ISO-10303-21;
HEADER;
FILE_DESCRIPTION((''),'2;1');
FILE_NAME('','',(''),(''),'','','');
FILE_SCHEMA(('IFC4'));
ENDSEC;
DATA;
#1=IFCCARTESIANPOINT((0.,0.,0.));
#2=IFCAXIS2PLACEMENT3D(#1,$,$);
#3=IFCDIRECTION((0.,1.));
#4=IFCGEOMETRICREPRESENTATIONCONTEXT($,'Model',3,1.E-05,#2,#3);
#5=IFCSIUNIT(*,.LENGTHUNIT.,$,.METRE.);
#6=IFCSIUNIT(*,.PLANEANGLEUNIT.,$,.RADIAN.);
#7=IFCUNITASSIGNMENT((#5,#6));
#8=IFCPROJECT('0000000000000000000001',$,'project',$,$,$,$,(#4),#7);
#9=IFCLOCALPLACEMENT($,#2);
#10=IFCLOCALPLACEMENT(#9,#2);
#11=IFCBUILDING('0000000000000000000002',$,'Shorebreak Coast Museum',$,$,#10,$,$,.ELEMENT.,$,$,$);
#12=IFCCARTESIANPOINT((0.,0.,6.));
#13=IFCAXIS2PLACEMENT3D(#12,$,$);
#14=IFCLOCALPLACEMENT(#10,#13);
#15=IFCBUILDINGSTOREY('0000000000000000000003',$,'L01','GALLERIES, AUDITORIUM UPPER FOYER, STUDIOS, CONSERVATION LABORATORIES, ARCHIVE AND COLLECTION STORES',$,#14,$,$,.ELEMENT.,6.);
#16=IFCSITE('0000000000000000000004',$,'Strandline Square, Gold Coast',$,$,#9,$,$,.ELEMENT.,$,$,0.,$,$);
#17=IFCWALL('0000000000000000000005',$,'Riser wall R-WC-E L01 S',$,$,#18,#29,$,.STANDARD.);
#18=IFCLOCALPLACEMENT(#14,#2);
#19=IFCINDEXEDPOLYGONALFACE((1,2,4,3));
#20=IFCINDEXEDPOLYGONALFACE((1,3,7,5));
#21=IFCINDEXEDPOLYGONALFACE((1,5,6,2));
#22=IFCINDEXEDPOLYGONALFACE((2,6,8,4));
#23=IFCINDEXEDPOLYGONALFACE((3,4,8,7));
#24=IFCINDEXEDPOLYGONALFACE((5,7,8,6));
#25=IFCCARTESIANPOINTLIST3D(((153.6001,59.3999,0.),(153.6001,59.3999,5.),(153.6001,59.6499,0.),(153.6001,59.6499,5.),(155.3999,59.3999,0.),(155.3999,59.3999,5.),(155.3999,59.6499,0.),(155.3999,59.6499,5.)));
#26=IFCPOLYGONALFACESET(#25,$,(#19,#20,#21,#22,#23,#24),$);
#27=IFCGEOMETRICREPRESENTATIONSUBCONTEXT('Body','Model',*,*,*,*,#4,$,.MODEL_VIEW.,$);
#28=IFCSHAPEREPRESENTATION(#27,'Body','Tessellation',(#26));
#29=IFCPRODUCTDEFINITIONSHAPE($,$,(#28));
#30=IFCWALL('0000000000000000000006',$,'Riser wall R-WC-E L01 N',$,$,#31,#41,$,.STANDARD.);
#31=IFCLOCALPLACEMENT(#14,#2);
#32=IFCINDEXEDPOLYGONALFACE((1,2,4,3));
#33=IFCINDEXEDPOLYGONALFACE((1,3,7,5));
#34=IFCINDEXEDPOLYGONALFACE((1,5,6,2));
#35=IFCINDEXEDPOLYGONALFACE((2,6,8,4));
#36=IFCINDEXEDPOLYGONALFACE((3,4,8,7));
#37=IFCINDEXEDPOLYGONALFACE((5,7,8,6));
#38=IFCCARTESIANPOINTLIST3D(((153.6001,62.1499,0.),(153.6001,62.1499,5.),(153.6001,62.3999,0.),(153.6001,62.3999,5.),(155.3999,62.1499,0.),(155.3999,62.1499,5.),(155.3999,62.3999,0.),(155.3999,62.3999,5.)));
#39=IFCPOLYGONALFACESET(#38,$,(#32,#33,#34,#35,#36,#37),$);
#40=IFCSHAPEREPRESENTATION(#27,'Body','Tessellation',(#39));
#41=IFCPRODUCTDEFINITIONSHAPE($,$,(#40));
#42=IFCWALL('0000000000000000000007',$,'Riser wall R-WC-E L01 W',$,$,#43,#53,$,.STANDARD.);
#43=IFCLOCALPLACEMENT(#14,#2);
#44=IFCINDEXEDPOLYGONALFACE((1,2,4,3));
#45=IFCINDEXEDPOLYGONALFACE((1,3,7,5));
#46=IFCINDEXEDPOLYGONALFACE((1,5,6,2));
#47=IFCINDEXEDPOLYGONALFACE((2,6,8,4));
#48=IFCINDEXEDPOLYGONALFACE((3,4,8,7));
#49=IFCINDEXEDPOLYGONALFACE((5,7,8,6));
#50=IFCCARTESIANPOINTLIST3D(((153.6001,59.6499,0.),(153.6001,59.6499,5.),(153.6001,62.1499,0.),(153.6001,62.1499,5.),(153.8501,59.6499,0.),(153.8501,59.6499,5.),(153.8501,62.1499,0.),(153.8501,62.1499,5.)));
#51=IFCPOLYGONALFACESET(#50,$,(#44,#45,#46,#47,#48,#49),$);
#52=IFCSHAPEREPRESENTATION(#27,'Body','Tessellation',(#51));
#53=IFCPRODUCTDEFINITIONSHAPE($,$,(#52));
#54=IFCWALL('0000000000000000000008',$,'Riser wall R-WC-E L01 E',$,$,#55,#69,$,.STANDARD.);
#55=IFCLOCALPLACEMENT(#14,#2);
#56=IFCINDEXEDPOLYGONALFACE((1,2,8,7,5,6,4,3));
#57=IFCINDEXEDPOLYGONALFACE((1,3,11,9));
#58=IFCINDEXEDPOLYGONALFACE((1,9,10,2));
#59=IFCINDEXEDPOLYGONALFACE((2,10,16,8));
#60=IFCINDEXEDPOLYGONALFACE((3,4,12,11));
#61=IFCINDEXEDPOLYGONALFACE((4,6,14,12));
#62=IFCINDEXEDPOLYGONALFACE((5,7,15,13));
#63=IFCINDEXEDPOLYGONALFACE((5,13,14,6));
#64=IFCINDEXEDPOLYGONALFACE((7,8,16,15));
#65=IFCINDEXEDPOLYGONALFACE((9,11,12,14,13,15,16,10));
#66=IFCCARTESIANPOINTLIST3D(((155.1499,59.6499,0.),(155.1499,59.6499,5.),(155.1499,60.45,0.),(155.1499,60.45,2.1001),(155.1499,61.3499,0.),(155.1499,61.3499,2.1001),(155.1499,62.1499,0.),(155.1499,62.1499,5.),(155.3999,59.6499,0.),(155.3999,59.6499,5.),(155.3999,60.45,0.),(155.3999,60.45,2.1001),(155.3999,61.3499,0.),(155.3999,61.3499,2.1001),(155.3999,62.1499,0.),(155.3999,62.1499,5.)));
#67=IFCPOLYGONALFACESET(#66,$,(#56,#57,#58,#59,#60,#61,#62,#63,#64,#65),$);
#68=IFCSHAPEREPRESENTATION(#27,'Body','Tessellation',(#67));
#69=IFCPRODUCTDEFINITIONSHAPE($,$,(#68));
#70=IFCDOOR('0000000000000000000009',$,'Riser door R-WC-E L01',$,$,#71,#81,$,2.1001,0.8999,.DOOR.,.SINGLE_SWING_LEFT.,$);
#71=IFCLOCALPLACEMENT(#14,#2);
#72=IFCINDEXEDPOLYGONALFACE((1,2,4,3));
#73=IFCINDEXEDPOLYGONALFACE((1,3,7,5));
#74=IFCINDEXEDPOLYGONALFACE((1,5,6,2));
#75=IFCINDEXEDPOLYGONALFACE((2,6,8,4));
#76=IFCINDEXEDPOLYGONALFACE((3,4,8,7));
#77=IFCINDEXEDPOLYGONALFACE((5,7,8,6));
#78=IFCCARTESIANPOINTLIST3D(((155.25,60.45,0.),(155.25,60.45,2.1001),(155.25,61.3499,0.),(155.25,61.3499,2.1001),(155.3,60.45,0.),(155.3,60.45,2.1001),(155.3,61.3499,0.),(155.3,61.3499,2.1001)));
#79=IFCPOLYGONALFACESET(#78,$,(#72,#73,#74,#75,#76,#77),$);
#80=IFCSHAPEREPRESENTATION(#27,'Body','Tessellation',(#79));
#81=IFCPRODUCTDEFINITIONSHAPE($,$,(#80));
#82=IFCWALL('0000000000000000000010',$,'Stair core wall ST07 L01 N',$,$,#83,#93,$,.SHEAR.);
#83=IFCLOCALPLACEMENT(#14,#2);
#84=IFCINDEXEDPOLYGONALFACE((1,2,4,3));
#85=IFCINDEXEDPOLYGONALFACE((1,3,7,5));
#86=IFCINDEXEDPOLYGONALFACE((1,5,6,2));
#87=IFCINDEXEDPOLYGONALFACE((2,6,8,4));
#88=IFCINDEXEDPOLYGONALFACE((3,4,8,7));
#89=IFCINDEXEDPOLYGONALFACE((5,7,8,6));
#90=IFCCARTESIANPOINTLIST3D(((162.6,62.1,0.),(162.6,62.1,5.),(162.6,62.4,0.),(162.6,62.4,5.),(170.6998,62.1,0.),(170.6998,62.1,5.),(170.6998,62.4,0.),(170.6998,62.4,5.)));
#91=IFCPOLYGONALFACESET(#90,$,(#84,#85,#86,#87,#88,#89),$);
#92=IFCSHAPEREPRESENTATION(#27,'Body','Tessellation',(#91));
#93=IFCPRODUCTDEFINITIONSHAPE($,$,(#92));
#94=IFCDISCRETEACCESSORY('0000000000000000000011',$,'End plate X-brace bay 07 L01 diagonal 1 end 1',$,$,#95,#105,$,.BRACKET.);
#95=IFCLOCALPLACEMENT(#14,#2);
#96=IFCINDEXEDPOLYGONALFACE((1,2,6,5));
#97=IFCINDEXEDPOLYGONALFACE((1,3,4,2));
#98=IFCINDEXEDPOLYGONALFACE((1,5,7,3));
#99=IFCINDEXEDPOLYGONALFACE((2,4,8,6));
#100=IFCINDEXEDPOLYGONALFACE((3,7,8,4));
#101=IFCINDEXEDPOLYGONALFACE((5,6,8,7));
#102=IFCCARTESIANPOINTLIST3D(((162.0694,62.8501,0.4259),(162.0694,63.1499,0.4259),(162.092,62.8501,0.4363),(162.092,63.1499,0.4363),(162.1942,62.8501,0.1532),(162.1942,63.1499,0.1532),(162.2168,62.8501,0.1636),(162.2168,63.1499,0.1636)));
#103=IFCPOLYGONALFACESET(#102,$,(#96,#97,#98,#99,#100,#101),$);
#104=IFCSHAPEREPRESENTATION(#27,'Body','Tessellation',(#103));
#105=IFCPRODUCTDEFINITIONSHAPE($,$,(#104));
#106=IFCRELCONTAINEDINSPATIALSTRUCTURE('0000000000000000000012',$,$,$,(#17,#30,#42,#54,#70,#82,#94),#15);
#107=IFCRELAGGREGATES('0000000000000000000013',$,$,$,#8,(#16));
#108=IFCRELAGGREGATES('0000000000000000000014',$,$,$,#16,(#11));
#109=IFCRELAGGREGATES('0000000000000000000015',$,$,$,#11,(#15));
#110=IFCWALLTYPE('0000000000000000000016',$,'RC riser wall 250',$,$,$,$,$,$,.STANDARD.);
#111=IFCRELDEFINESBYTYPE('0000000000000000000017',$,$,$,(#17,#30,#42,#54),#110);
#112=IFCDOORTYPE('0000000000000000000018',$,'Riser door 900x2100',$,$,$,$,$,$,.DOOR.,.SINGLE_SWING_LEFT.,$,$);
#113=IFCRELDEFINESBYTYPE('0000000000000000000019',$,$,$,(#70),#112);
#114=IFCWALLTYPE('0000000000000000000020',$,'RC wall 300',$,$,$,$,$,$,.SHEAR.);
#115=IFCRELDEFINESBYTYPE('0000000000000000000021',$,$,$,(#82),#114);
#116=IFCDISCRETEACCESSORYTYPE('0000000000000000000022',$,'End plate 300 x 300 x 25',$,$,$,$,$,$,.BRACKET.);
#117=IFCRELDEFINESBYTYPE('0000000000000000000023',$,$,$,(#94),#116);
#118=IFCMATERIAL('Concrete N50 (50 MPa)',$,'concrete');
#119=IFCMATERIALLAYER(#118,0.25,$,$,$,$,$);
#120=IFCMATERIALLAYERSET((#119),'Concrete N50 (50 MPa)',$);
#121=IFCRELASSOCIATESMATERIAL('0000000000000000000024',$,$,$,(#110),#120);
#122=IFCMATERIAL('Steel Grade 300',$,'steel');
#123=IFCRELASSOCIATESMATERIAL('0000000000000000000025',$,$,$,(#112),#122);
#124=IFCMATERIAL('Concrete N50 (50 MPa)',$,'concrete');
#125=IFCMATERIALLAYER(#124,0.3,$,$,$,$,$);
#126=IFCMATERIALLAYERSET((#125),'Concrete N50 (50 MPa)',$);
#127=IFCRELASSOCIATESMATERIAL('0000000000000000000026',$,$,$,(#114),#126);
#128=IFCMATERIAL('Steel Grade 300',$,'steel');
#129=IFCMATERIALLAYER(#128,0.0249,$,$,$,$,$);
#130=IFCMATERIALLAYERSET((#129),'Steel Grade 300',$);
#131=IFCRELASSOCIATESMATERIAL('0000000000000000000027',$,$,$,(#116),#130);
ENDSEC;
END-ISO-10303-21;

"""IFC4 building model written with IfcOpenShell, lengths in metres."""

from ifc_helpers import new_model, si_unit, direction, frame, frame_2d, origin, place, context, subcontext, project, spatial, polyline, rectangle, outline, extrude, material, layer, layer_set, type_object, element, fill, save


model = new_model("IFC4")

# Units and contexts
model_context = context("Model", 3, precision=1e-05, world=origin(), true_north=direction((0.0, 1.0)))
body_context = subcontext(model_context, "Body", "Model", "MODEL_VIEW")
ifc_project = project(units=[si_unit("LENGTHUNIT", "METRE"), si_unit("PLANEANGLEUNIT", "RADIAN")], contexts=[model_context])

# Site, building, storey
site_placement = place(None, origin())
site = spatial("IfcSite", under=ifc_project, at=site_placement, Name="Strandline Square, Gold Coast", CompositionType="ELEMENT", RefElevation=0.0)
building_placement = place(site_placement, origin())
building = spatial("IfcBuilding", under=site, at=building_placement, Name="Shorebreak Coast Museum", CompositionType="ELEMENT")
storey_placement = place(building_placement, frame((0.0, 0.0, 6.0)))
storey = spatial("IfcBuildingStorey", under=building, at=storey_placement, Name="L01", Description="GALLERIES, AUDITORIUM UPPER FOYER, STUDIOS, CONSERVATION LABORATORIES, ARCHIVE AND COLLECTION STORES", CompositionType="ELEMENT", Elevation=6.0)

# Walls
ifc_material_1 = material(Name="Concrete N50 (50 MPa)", Category="concrete")
ifc_layer_1 = layer(ifc_material_1, 0.25)
ifc_layer_set_1 = layer_set([ifc_layer_1], Name="Concrete N50 (50 MPa)")
wall_type_1 = type_object("IfcWallType", Name="RC riser wall 250", PredefinedType="STANDARD", material=ifc_layer_set_1)
for number, where, z_axis, x_axis, name in (
    (1, (153.6001, 59.5249, 0.0), (0.0, 0.0, 1.0), (1.0, 0.0, 0.0), "Riser wall R-WC-E L01 S"),
    (2, (153.6001, 62.2749, 0.0), (0.0, 0.0, 1.0), (1.0, 0.0, 0.0), "Riser wall R-WC-E L01 N"),
):
    element("IfcWall", number, at=place(storey_placement, frame(where, z_axis=z_axis, x_axis=x_axis)), inside=storey, type_object=wall_type_1, Name=name, PredefinedType="STANDARD", context=body_context, shape_type="SweptSolid", body=[
        extrude(rectangle(XDim=1.7998, YDim=0.25, at=frame_2d((0.8999, 0.0))), origin(), (0.0, 0.0, 1.0), 5.0),
    ])
wall_1_placement = place(storey_placement, frame((153.7251, 59.6499, 0.0), z_axis=(0.0, 0.0, 1.0), x_axis=(0.0, 1.0, 0.0)))
element("IfcWall", 3, at=wall_1_placement, inside=storey, type_object=wall_type_1, Name="Riser wall R-WC-E L01 W", PredefinedType="STANDARD", context=body_context, shape_type="SweptSolid", body=[
    extrude(rectangle(XDim=2.5, YDim=0.25, at=frame_2d((1.25, 0.0))), origin(), (0.0, 0.0, 1.0), 5.0),
])

# Wall, opening, door
wall_2_placement = place(storey_placement, frame((155.2749, 59.6499, 0.0), z_axis=(0.0, 0.0, 1.0), x_axis=(0.0, 1.0, 0.0)))
wall_2 = element("IfcWall", 4, at=wall_2_placement, inside=storey, type_object=wall_type_1, Name="Riser wall R-WC-E L01 E", PredefinedType="STANDARD", context=body_context, shape_type="SweptSolid", body=[
    extrude(rectangle(XDim=2.5, YDim=0.25, at=frame_2d((1.25, 0.0))), origin(), (0.0, 0.0, 1.0), 5.0),
])
opening_1_placement = place(wall_2_placement, frame((0.8, 0.0, 0.0)))
opening_1 = element("IfcOpeningElement", 5, at=opening_1_placement, cuts=wall_2, PredefinedType="OPENING", context=body_context, shape_type="SweptSolid", body=[
    extrude(rectangle(XDim=0.8999, YDim=2.1001, at=frame_2d((0.45, 1.05))), frame((0.0, 0.135, 0.0), z_axis=(0.0, -1.0, 0.0), x_axis=(1.0, 0.0, 0.0)), (0.0, 0.0, 1.0), 0.27),
])
ifc_material_2 = material(Name="Steel Grade 300", Category="steel")
door_type_1 = type_object("IfcDoorType", Name="Riser door 900x2100", OperationType="SINGLE_SWING_LEFT", PredefinedType="DOOR", material=ifc_material_2)
door_1_placement = place(opening_1_placement, origin())
door_1 = element("IfcDoor", 6, at=door_1_placement, inside=storey, type_object=door_type_1, Name="Riser door R-WC-E L01", OperationType="SINGLE_SWING_LEFT", OverallHeight=2.1001, OverallWidth=0.8999, PredefinedType="DOOR", context=body_context, shape_type="SweptSolid", body=[
    extrude(rectangle(XDim=0.8999, YDim=2.1001, at=frame_2d((0.45, 1.05))), frame((0.0, 0.0249, 0.0), z_axis=(0.0, -1.0, 0.0), x_axis=(1.0, 0.0, 0.0)), (0.0, 0.0, 1.0), 0.05),
])
fill(opening_1, door_1)

# Wall
ifc_material_3 = material(Name="Concrete N50 (50 MPa)", Category="concrete")
ifc_layer_2 = layer(ifc_material_3, 0.3)
ifc_layer_set_2 = layer_set([ifc_layer_2], Name="Concrete N50 (50 MPa)")
wall_type_2 = type_object("IfcWallType", Name="RC wall 300", PredefinedType="SHEAR", material=ifc_layer_set_2)
wall_3_placement = place(storey_placement, frame((162.6001, 62.25, 0.0), z_axis=(0.0, 0.0, 1.0), x_axis=(1.0, 0.0, 0.0)))
element("IfcWall", 7, at=wall_3_placement, inside=storey, type_object=wall_type_2, Name="Stair core wall ST07 L01 N", PredefinedType="SHEAR", context=body_context, shape_type="SweptSolid", body=[
    extrude(rectangle(XDim=8.0999, YDim=0.3, at=frame_2d((4.0498, 0.0))), origin(), (0.0, 0.0, 1.0), 5.0),
])

# Discrete accessory
ifc_material_4 = material(Name="Steel Grade 300", Category="steel")
ifc_layer_3 = layer(ifc_material_4, 0.0249)
ifc_layer_set_3 = layer_set([ifc_layer_3], Name="Steel Grade 300")
discrete_accessory_type = type_object("IfcDiscreteAccessoryType", Name="End plate 300 x 300 x 25", PredefinedType="BRACKET", material=ifc_layer_set_3)
discrete_accessory_placement = place(storey_placement, frame((162.2168, 62.8501, 0.1636), z_axis=(0.90936, 0.0, 0.41601), x_axis=(0.0, 1.0, 0.0)))
element("IfcDiscreteAccessory", 8, at=discrete_accessory_placement, inside=storey, type_object=discrete_accessory_type, Name="End plate X-brace bay 07 L01 diagonal 1 end 1", PredefinedType="BRACKET", context=body_context, shape_type="SweptSolid", body=[
    extrude(outline(polyline([(0.0, 0.0), (0.2998, 0.0), (0.2998, 0.2999), (0.0, 0.2999), (0.0, 0.0)])), origin(), (0.0, 0.0, -1.0), 0.0249),
])

save(model, "model.ifc")
